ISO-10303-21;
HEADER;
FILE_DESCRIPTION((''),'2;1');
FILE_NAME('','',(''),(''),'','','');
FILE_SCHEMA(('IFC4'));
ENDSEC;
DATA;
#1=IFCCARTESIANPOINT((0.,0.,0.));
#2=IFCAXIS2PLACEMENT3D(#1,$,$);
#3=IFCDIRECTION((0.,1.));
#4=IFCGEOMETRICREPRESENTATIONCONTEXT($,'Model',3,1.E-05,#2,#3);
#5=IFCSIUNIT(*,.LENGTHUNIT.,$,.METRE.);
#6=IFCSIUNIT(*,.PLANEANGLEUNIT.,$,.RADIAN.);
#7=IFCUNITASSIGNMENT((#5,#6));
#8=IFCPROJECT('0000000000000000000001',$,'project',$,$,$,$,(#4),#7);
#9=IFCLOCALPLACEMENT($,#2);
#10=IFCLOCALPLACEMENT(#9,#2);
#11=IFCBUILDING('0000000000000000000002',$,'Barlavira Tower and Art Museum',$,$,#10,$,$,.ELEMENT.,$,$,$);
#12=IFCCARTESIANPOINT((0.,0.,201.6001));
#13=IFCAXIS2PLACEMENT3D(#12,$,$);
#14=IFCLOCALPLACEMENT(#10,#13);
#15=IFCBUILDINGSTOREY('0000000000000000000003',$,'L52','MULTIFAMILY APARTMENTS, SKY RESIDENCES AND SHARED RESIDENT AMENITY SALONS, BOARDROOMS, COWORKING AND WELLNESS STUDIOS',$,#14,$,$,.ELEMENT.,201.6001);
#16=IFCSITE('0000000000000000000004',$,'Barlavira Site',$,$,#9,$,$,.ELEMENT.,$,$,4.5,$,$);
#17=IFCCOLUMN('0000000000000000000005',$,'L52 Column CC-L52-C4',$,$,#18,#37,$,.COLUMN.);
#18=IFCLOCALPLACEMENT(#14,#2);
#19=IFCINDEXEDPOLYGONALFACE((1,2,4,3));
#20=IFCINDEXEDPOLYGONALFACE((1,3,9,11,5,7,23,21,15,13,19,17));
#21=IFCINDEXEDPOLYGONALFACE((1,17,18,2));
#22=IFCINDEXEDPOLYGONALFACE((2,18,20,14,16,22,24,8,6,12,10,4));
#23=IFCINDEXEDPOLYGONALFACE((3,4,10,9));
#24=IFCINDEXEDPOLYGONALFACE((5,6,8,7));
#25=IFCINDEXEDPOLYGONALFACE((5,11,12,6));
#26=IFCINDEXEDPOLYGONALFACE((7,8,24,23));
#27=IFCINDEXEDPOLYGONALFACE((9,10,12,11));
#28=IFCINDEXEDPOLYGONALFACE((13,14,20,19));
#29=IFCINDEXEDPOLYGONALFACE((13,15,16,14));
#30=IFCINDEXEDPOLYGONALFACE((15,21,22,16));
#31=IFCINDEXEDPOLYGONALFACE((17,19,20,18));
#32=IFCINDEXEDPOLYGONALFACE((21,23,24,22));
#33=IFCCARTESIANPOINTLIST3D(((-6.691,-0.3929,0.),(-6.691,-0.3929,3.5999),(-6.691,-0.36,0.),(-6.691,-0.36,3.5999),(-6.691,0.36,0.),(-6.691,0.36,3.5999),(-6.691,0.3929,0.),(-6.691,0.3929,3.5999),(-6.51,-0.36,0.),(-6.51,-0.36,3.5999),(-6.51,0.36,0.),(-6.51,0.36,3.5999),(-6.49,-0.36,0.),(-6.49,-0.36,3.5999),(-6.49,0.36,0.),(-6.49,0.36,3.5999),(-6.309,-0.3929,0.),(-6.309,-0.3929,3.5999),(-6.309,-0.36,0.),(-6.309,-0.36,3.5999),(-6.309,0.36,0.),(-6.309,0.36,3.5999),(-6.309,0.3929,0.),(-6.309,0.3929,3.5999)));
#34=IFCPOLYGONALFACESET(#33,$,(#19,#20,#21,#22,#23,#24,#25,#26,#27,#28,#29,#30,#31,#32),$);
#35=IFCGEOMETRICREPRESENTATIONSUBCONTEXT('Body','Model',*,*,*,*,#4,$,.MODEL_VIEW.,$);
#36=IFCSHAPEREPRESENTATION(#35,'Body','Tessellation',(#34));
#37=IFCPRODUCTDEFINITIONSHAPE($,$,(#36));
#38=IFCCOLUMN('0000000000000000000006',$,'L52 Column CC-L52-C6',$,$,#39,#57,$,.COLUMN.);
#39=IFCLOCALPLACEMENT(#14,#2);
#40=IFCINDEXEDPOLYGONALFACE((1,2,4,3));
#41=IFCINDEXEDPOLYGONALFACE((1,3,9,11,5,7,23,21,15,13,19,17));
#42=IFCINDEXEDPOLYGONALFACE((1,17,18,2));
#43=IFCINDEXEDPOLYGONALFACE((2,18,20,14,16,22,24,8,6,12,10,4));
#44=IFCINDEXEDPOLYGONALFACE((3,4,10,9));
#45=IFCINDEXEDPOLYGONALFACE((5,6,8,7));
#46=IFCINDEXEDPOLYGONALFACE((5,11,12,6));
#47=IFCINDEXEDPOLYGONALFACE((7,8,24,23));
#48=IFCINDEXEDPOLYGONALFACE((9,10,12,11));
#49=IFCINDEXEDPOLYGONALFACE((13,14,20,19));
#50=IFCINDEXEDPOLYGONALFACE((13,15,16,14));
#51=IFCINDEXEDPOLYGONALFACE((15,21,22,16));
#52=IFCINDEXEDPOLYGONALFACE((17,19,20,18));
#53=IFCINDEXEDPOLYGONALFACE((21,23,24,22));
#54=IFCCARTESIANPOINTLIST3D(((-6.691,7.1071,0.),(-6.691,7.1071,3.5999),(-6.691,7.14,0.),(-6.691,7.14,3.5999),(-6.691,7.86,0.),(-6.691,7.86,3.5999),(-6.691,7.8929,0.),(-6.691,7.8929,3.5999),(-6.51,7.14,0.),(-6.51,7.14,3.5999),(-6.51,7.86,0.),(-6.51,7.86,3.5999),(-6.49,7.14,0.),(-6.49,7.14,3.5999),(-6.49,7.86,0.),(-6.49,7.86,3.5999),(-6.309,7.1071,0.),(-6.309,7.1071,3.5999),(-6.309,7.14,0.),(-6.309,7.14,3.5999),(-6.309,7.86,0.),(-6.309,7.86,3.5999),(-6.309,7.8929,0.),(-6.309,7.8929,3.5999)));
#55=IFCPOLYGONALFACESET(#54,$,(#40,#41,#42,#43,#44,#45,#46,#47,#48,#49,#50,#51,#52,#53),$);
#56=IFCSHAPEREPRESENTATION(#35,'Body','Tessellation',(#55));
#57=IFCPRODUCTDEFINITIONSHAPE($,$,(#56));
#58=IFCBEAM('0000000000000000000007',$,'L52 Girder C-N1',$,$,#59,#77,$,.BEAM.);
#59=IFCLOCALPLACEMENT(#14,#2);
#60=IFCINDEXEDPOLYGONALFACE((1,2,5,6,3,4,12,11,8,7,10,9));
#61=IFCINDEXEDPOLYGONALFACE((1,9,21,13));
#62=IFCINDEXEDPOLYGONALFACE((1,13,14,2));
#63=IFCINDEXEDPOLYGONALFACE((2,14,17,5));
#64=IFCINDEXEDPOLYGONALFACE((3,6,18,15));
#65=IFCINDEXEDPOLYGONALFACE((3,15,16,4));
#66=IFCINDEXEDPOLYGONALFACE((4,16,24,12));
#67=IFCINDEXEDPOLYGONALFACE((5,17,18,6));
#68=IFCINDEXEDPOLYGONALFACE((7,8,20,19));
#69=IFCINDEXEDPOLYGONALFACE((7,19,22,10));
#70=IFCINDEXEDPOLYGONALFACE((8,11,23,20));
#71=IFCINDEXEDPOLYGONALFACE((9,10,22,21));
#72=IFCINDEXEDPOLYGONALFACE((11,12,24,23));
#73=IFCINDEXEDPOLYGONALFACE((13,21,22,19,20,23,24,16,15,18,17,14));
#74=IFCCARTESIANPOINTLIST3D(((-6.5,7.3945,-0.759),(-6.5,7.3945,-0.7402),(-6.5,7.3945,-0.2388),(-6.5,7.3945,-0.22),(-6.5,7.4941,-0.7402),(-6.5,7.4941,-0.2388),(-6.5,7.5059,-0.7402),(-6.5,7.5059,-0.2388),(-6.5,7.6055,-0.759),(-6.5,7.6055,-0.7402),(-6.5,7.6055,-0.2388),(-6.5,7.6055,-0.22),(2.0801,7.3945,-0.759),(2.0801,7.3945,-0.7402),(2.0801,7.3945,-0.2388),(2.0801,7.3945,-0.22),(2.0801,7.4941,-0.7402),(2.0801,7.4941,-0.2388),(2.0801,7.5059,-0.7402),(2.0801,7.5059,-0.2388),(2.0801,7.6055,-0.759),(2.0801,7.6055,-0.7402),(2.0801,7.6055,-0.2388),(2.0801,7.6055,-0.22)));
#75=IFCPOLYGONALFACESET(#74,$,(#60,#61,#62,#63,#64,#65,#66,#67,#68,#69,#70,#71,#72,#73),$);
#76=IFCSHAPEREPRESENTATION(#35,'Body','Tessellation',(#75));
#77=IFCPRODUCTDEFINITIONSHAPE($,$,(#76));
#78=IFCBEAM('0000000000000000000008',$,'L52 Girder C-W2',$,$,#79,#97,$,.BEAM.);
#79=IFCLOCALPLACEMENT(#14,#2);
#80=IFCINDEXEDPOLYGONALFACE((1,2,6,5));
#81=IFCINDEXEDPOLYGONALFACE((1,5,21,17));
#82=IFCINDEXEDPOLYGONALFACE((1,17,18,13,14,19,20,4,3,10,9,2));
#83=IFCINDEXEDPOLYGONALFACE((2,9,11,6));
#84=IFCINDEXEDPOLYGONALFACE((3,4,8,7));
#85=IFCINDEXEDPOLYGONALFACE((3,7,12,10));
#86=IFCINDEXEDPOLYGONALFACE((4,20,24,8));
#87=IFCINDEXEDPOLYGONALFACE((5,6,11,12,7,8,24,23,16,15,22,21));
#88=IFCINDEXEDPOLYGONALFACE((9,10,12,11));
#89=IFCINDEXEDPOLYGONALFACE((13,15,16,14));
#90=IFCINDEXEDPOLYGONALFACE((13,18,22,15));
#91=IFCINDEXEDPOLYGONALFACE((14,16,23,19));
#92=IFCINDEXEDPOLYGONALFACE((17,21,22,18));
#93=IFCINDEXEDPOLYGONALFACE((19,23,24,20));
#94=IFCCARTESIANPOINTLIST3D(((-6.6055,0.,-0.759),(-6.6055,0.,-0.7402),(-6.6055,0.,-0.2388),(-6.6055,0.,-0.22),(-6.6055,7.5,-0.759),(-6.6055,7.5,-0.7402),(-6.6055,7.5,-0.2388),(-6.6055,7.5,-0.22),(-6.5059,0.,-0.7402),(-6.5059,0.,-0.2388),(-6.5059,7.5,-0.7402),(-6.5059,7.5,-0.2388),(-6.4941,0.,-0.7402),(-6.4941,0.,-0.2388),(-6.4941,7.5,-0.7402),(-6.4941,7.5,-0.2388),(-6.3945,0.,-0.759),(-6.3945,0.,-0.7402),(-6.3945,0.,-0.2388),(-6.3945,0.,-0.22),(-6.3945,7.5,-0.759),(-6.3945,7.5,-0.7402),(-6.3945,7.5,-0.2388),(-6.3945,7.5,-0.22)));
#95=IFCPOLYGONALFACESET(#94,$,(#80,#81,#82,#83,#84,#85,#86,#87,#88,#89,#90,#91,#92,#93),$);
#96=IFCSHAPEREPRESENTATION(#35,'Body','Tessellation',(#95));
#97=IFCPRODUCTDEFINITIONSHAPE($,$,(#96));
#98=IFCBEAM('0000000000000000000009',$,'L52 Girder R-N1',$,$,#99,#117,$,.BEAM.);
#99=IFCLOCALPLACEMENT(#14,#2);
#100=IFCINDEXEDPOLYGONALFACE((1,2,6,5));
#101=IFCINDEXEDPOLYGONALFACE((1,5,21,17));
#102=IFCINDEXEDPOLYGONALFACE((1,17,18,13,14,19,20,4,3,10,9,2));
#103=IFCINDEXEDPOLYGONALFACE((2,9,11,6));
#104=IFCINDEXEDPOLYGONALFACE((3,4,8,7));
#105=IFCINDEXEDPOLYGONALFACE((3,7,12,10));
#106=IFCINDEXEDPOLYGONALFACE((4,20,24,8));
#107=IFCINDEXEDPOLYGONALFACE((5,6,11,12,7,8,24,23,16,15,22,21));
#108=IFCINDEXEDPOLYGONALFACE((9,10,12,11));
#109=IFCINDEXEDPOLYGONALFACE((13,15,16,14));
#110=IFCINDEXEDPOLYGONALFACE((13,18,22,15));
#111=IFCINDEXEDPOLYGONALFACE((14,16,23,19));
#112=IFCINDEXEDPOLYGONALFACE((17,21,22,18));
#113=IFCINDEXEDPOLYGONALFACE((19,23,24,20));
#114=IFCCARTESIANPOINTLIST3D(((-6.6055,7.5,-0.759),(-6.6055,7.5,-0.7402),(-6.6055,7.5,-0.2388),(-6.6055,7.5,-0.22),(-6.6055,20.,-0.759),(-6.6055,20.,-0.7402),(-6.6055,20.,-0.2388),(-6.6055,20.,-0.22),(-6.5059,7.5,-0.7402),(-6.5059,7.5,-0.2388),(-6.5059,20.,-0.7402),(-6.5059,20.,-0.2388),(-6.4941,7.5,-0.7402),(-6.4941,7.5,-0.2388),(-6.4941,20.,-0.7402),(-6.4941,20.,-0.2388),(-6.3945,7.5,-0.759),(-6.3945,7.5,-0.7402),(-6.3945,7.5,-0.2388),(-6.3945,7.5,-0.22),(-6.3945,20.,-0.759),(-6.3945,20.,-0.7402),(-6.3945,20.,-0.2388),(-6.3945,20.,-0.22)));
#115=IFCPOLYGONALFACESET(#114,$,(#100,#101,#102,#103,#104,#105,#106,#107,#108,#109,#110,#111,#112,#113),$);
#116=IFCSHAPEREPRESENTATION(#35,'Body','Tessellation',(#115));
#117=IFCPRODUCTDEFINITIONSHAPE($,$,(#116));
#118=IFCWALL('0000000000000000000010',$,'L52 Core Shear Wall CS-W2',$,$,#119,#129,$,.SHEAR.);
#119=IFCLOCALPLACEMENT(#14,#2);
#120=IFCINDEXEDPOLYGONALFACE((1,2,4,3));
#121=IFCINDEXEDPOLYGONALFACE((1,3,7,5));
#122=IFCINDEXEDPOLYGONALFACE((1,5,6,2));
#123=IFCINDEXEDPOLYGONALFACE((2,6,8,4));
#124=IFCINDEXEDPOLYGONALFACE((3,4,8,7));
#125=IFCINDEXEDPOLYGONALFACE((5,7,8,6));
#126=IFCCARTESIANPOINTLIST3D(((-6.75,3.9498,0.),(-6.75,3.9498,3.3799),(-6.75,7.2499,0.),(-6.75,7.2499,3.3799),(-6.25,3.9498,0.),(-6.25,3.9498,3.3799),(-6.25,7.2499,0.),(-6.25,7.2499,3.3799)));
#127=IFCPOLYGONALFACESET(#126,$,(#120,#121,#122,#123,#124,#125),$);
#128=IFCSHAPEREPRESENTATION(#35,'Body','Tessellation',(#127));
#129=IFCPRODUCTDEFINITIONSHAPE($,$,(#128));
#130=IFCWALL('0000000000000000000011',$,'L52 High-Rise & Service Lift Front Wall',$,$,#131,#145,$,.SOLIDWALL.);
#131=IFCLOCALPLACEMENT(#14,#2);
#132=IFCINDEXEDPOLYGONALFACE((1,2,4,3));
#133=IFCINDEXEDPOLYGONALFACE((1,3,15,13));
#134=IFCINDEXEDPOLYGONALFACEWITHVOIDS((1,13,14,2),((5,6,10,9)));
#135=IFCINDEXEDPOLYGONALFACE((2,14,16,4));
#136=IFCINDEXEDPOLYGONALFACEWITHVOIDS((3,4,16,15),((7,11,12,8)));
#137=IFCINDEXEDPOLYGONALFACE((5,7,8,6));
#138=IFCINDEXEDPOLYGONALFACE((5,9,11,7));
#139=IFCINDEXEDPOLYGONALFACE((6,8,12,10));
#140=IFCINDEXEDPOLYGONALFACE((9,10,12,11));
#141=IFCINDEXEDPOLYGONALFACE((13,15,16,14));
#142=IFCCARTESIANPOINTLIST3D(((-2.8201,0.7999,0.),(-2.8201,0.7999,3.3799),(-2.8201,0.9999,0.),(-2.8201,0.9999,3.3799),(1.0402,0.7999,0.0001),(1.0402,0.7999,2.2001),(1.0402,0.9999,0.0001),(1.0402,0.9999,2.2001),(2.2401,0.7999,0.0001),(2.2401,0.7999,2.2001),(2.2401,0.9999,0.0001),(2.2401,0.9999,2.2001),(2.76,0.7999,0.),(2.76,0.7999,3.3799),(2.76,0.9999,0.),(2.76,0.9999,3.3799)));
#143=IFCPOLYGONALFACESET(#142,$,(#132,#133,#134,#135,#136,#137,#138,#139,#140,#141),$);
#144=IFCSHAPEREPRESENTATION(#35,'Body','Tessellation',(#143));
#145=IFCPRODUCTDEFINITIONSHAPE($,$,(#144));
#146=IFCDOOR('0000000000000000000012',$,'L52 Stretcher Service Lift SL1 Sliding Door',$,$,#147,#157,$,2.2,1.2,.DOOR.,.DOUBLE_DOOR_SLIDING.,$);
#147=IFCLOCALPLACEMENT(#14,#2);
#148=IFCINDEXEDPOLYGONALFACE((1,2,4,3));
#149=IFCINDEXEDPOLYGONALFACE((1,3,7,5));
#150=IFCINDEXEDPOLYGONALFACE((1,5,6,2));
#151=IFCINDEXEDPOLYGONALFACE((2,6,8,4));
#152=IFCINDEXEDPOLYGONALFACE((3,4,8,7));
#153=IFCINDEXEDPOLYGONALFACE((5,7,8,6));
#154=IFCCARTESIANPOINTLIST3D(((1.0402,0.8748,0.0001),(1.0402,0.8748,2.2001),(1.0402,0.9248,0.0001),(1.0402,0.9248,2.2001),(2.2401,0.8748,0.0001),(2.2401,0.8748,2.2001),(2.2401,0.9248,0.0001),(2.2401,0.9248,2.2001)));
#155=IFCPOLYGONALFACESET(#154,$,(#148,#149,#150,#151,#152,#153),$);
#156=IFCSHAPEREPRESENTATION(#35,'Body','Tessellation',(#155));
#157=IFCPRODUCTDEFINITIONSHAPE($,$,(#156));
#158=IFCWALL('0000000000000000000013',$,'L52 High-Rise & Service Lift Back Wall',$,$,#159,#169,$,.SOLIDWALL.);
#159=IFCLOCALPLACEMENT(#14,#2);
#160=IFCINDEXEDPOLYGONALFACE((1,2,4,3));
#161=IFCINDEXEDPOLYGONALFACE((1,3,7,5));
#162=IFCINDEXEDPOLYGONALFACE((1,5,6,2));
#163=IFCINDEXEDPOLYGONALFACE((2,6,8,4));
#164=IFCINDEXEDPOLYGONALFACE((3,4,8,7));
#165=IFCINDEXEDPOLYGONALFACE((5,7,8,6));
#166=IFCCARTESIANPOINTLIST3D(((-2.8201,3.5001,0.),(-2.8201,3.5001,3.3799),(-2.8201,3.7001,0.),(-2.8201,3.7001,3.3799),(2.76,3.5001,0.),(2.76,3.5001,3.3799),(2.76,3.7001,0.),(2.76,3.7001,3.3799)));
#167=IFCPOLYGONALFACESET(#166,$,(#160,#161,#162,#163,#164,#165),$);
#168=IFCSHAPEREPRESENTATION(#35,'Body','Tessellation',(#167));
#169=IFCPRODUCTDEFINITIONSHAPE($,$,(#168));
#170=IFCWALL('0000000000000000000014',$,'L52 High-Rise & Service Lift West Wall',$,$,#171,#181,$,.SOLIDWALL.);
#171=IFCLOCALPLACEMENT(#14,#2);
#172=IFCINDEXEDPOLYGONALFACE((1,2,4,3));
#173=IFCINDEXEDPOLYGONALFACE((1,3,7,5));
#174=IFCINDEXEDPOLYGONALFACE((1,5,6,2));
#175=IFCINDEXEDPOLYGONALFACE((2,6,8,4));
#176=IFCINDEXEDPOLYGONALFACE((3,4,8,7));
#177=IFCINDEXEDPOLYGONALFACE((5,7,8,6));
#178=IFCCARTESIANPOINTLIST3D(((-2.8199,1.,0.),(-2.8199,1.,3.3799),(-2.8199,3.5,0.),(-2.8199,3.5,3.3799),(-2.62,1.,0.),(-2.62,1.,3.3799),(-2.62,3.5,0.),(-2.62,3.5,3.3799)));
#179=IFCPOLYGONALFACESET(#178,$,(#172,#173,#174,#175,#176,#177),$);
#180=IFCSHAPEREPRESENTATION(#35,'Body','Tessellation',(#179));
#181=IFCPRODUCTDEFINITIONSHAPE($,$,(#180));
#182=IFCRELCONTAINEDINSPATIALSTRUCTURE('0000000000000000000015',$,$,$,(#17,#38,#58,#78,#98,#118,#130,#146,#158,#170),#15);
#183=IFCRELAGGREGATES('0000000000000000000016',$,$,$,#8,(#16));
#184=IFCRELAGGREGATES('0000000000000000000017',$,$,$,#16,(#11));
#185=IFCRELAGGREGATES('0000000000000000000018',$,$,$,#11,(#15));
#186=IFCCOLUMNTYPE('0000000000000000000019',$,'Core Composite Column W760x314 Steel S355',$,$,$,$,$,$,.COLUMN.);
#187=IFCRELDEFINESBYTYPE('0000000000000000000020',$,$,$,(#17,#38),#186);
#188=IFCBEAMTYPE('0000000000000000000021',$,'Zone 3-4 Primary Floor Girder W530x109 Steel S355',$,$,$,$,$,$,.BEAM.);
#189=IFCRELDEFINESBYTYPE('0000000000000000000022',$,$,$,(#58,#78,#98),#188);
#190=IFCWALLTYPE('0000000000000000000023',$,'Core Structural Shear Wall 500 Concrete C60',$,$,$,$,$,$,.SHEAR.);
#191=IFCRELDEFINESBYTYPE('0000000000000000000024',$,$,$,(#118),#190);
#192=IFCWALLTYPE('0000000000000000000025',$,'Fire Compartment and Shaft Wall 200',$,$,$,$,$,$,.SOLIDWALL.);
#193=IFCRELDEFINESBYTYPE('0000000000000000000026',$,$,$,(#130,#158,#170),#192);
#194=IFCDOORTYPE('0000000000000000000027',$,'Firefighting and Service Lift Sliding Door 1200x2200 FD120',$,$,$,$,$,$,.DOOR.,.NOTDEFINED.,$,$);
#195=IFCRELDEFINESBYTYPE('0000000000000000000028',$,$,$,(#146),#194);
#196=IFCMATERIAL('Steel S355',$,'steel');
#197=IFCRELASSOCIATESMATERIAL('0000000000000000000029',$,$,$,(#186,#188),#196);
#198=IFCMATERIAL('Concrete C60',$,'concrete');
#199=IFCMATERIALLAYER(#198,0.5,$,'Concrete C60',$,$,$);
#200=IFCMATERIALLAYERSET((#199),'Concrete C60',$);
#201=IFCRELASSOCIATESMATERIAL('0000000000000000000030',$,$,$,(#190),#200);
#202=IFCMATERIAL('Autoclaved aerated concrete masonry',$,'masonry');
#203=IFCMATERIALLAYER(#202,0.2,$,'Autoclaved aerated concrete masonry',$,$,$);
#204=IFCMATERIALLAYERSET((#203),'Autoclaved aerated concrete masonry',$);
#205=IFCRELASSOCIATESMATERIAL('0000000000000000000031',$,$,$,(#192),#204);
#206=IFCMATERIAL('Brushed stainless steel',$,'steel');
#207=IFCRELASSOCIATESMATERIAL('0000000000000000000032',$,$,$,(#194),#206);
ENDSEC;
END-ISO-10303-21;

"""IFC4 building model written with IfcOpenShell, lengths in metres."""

from ifc_helpers import new_model, si_unit, direction, frame, frame_2d, origin, origin_2d, place, context, subcontext, project, spatial, rectangle, i_section, extrude, material, layer, layer_set, material_profile, profile_set, type_object, element, fill, save


model = new_model("IFC4")

# Units and contexts
model_context = context("Model", 3, precision=1e-05, world=origin(), true_north=direction((0.0, 1.0)))
body_context = subcontext(model_context, "Body", "Model", "MODEL_VIEW")
ifc_project = project(units=[si_unit("LENGTHUNIT", "METRE"), si_unit("PLANEANGLEUNIT", "RADIAN")], contexts=[model_context])

# Site, building, storey
site_placement = place(None, origin())
site = spatial("IfcSite", under=ifc_project, at=site_placement, Name="Barlavira Site", CompositionType="ELEMENT", RefElevation=4.5)
building_placement = place(site_placement, origin())
building = spatial("IfcBuilding", under=site, at=building_placement, Name="Barlavira Tower and Art Museum", CompositionType="ELEMENT")
storey_placement = place(building_placement, frame((0.0, 0.0, 201.6001)))
storey = spatial("IfcBuildingStorey", under=building, at=storey_placement, Name="L52", Description="MULTIFAMILY APARTMENTS, SKY RESIDENCES AND SHARED RESIDENT AMENITY SALONS, BOARDROOMS, COWORKING AND WELLNESS STUDIOS", CompositionType="ELEMENT", Elevation=201.6001)

# Columns
ifc_material_1 = material(Name="Steel S355", Category="steel")
ifc_material_profile_1 = material_profile(ifc_material_1, i_section(OverallWidth=0.3821, OverallDepth=0.7859, WebThickness=0.02, FlangeThickness=0.033, at=origin_2d()), Name="W760x314.0")
ifc_profile_set_1 = profile_set([ifc_material_profile_1], Name="Steel S355")
column_type = type_object("IfcColumnType", Name="Core Composite Column W760x314 Steel S355", PredefinedType="COLUMN", material=ifc_profile_set_1)
for number, where, z_axis, x_axis, name in (
    (1, (-6.5, 0.0, 0.0), (0.0, 0.0, 1.0), (1.0, 0.0, 0.0), "L52 Column CC-L52-C4"),
    (2, (-6.5, 7.5, 0.0), (0.0, 0.0, 1.0), (1.0, 0.0, 0.0), "L52 Column CC-L52-C6"),
):
    element("IfcColumn", number, at=place(storey_placement, frame(where, z_axis=z_axis, x_axis=x_axis)), inside=storey, type_object=column_type, Name=name, PredefinedType="COLUMN", context=body_context, shape_type="SweptSolid", body=[
        extrude(i_section(OverallWidth=0.3821, OverallDepth=0.7859, WebThickness=0.02, FlangeThickness=0.033, at=origin_2d()), origin(), (0.0, 0.0, 1.0), 3.5999),
    ])

# Beams
ifc_material_profile_2 = material_profile(ifc_material_1, i_section(OverallWidth=0.2109, OverallDepth=0.5391, WebThickness=0.0117, FlangeThickness=0.0188, at=origin_2d()), Name="W530x109.0")
ifc_profile_set_2 = profile_set([ifc_material_profile_2], Name="Steel S355")
beam_type = type_object("IfcBeamType", Name="Zone 3-4 Primary Floor Girder W530x109 Steel S355", PredefinedType="BEAM", material=ifc_profile_set_2)
beam_1_placement = place(storey_placement, frame((-6.5, 7.5, -0.4895), z_axis=(1.0, 0.0, 0.0), x_axis=(0.0, 1.0, 0.0)))
element("IfcBeam", 3, at=beam_1_placement, inside=storey, type_object=beam_type, Name="L52 Girder C-N1", PredefinedType="BEAM", context=body_context, shape_type="SweptSolid", body=[
    extrude(i_section(OverallWidth=0.2109, OverallDepth=0.5391, WebThickness=0.0117, FlangeThickness=0.0188, at=origin_2d()), origin(), (0.0, 0.0, 1.0), 8.5801),
])
beam_2_placement = place(storey_placement, frame((-6.5, 0.0, -0.4895), z_axis=(0.0, 1.0, 0.0), x_axis=(-1.0, 0.0, 0.0)))
element("IfcBeam", 4, at=beam_2_placement, inside=storey, type_object=beam_type, Name="L52 Girder C-W2", PredefinedType="BEAM", context=body_context, shape_type="SweptSolid", body=[
    extrude(i_section(OverallWidth=0.2109, OverallDepth=0.5391, WebThickness=0.0117, FlangeThickness=0.0188, at=origin_2d()), origin(), (0.0, 0.0, 1.0), 7.5),
])
beam_3_placement = place(storey_placement, frame((-6.5, 7.5, -0.4895), z_axis=(0.0, 1.0, 0.0), x_axis=(-1.0, 0.0, 0.0)))
element("IfcBeam", 5, at=beam_3_placement, inside=storey, type_object=beam_type, Name="L52 Girder R-N1", PredefinedType="BEAM", context=body_context, shape_type="SweptSolid", body=[
    extrude(i_section(OverallWidth=0.2109, OverallDepth=0.5391, WebThickness=0.0117, FlangeThickness=0.0188, at=origin_2d()), origin(), (0.0, 0.0, 1.0), 12.5),
])

# Wall
ifc_material_2 = material(Name="Concrete C60", Category="concrete")
ifc_layer_1 = layer(ifc_material_2, 0.5, Name="Concrete C60")
ifc_layer_set_1 = layer_set([ifc_layer_1], Name="Concrete C60")
wall_type_1 = type_object("IfcWallType", Name="Core Structural Shear Wall 500 Concrete C60", PredefinedType="SHEAR", material=ifc_layer_set_1)
wall_1_placement = place(storey_placement, frame((-6.5, 3.95, 0.0), z_axis=(0.0, 0.0, 1.0), x_axis=(0.0, 1.0, 0.0)))
element("IfcWall", 6, at=wall_1_placement, inside=storey, type_object=wall_type_1, Name="L52 Core Shear Wall CS-W2", PredefinedType="SHEAR", context=body_context, shape_type="SweptSolid", body=[
    extrude(rectangle(XDim=3.3, YDim=0.5, at=frame_2d((1.6499, 0.0))), origin(), (0.0, 0.0, 1.0), 3.3799),
])

# Wall, opening, door
ifc_material_3 = material(Name="Autoclaved aerated concrete masonry", Category="masonry")
ifc_layer_2 = layer(ifc_material_3, 0.2, Name="Autoclaved aerated concrete masonry")
ifc_layer_set_2 = layer_set([ifc_layer_2], Name="Autoclaved aerated concrete masonry")
wall_type_2 = type_object("IfcWallType", Name="Fire Compartment and Shaft Wall 200", PredefinedType="SOLIDWALL", material=ifc_layer_set_2)
wall_2_placement = place(storey_placement, frame((-2.8201, 0.8999, 0.0), z_axis=(0.0, 0.0, 1.0), x_axis=(1.0, 0.0, 0.0)))
wall_2 = element("IfcWall", 7, at=wall_2_placement, inside=storey, type_object=wall_type_2, Name="L52 High-Rise & Service Lift Front Wall", PredefinedType="SOLIDWALL", context=body_context, shape_type="SweptSolid", body=[
    extrude(rectangle(XDim=5.5801, YDim=0.2, at=frame_2d((2.79, 0.0))), origin(), (0.0, 0.0, 1.0), 3.3799),
])
opening_placement = place(wall_2_placement, frame((3.8601, 0.0, 0.0)))
opening = element("IfcOpeningElement", 8, at=opening_placement, cuts=wall_2, PredefinedType="OPENING", context=body_context, shape_type="SweptSolid", body=[
    extrude(rectangle(XDim=1.2, YDim=2.2, at=frame_2d((0.6001, 1.1001))), frame((0.0, 0.1099, 0.0), z_axis=(0.0, -1.0, 0.0), x_axis=(1.0, 0.0, 0.0)), (0.0, 0.0, 1.0), 0.22),
])
ifc_material_4 = material(Name="Brushed stainless steel", Category="steel")
door_type = type_object("IfcDoorType", Name="Firefighting and Service Lift Sliding Door 1200x2200 FD120", OperationType="NOTDEFINED", PredefinedType="DOOR", material=ifc_material_4)
door_placement = place(opening_placement, origin())
door = element("IfcDoor", 9, at=door_placement, inside=storey, type_object=door_type, Name="L52 Stretcher Service Lift SL1 Sliding Door", OperationType="DOUBLE_DOOR_SLIDING", OverallHeight=2.2, OverallWidth=1.2, PredefinedType="DOOR", context=body_context, shape_type="SweptSolid", body=[
    extrude(rectangle(XDim=1.2, YDim=2.2, at=frame_2d((0.6001, 1.1001))), frame((0.0, 0.0249, 0.0), z_axis=(0.0, -1.0, 0.0), x_axis=(1.0, 0.0, 0.0)), (0.0, 0.0, 1.0), 0.05),
])
fill(opening, door)

# Walls
wall_3_placement = place(storey_placement, frame((-2.8201, 3.6001, 0.0), z_axis=(0.0, 0.0, 1.0), x_axis=(1.0, 0.0, 0.0)))
element("IfcWall", 10, at=wall_3_placement, inside=storey, type_object=wall_type_2, Name="L52 High-Rise & Service Lift Back Wall", PredefinedType="SOLIDWALL", context=body_context, shape_type="SweptSolid", body=[
    extrude(rectangle(XDim=5.5801, YDim=0.2, at=frame_2d((2.79, 0.0))), origin(), (0.0, 0.0, 1.0), 3.3799),
])
wall_4_placement = place(storey_placement, frame((-2.72, 1.0, 0.0), z_axis=(0.0, 0.0, 1.0), x_axis=(0.0, 1.0, 0.0)))
element("IfcWall", 11, at=wall_4_placement, inside=storey, type_object=wall_type_2, Name="L52 High-Rise & Service Lift West Wall", PredefinedType="SOLIDWALL", context=body_context, shape_type="SweptSolid", body=[
    extrude(rectangle(XDim=2.5, YDim=0.2, at=frame_2d((1.25, 0.0))), origin(), (0.0, 0.0, 1.0), 3.3799),
])

save(model, "model.ifc")
